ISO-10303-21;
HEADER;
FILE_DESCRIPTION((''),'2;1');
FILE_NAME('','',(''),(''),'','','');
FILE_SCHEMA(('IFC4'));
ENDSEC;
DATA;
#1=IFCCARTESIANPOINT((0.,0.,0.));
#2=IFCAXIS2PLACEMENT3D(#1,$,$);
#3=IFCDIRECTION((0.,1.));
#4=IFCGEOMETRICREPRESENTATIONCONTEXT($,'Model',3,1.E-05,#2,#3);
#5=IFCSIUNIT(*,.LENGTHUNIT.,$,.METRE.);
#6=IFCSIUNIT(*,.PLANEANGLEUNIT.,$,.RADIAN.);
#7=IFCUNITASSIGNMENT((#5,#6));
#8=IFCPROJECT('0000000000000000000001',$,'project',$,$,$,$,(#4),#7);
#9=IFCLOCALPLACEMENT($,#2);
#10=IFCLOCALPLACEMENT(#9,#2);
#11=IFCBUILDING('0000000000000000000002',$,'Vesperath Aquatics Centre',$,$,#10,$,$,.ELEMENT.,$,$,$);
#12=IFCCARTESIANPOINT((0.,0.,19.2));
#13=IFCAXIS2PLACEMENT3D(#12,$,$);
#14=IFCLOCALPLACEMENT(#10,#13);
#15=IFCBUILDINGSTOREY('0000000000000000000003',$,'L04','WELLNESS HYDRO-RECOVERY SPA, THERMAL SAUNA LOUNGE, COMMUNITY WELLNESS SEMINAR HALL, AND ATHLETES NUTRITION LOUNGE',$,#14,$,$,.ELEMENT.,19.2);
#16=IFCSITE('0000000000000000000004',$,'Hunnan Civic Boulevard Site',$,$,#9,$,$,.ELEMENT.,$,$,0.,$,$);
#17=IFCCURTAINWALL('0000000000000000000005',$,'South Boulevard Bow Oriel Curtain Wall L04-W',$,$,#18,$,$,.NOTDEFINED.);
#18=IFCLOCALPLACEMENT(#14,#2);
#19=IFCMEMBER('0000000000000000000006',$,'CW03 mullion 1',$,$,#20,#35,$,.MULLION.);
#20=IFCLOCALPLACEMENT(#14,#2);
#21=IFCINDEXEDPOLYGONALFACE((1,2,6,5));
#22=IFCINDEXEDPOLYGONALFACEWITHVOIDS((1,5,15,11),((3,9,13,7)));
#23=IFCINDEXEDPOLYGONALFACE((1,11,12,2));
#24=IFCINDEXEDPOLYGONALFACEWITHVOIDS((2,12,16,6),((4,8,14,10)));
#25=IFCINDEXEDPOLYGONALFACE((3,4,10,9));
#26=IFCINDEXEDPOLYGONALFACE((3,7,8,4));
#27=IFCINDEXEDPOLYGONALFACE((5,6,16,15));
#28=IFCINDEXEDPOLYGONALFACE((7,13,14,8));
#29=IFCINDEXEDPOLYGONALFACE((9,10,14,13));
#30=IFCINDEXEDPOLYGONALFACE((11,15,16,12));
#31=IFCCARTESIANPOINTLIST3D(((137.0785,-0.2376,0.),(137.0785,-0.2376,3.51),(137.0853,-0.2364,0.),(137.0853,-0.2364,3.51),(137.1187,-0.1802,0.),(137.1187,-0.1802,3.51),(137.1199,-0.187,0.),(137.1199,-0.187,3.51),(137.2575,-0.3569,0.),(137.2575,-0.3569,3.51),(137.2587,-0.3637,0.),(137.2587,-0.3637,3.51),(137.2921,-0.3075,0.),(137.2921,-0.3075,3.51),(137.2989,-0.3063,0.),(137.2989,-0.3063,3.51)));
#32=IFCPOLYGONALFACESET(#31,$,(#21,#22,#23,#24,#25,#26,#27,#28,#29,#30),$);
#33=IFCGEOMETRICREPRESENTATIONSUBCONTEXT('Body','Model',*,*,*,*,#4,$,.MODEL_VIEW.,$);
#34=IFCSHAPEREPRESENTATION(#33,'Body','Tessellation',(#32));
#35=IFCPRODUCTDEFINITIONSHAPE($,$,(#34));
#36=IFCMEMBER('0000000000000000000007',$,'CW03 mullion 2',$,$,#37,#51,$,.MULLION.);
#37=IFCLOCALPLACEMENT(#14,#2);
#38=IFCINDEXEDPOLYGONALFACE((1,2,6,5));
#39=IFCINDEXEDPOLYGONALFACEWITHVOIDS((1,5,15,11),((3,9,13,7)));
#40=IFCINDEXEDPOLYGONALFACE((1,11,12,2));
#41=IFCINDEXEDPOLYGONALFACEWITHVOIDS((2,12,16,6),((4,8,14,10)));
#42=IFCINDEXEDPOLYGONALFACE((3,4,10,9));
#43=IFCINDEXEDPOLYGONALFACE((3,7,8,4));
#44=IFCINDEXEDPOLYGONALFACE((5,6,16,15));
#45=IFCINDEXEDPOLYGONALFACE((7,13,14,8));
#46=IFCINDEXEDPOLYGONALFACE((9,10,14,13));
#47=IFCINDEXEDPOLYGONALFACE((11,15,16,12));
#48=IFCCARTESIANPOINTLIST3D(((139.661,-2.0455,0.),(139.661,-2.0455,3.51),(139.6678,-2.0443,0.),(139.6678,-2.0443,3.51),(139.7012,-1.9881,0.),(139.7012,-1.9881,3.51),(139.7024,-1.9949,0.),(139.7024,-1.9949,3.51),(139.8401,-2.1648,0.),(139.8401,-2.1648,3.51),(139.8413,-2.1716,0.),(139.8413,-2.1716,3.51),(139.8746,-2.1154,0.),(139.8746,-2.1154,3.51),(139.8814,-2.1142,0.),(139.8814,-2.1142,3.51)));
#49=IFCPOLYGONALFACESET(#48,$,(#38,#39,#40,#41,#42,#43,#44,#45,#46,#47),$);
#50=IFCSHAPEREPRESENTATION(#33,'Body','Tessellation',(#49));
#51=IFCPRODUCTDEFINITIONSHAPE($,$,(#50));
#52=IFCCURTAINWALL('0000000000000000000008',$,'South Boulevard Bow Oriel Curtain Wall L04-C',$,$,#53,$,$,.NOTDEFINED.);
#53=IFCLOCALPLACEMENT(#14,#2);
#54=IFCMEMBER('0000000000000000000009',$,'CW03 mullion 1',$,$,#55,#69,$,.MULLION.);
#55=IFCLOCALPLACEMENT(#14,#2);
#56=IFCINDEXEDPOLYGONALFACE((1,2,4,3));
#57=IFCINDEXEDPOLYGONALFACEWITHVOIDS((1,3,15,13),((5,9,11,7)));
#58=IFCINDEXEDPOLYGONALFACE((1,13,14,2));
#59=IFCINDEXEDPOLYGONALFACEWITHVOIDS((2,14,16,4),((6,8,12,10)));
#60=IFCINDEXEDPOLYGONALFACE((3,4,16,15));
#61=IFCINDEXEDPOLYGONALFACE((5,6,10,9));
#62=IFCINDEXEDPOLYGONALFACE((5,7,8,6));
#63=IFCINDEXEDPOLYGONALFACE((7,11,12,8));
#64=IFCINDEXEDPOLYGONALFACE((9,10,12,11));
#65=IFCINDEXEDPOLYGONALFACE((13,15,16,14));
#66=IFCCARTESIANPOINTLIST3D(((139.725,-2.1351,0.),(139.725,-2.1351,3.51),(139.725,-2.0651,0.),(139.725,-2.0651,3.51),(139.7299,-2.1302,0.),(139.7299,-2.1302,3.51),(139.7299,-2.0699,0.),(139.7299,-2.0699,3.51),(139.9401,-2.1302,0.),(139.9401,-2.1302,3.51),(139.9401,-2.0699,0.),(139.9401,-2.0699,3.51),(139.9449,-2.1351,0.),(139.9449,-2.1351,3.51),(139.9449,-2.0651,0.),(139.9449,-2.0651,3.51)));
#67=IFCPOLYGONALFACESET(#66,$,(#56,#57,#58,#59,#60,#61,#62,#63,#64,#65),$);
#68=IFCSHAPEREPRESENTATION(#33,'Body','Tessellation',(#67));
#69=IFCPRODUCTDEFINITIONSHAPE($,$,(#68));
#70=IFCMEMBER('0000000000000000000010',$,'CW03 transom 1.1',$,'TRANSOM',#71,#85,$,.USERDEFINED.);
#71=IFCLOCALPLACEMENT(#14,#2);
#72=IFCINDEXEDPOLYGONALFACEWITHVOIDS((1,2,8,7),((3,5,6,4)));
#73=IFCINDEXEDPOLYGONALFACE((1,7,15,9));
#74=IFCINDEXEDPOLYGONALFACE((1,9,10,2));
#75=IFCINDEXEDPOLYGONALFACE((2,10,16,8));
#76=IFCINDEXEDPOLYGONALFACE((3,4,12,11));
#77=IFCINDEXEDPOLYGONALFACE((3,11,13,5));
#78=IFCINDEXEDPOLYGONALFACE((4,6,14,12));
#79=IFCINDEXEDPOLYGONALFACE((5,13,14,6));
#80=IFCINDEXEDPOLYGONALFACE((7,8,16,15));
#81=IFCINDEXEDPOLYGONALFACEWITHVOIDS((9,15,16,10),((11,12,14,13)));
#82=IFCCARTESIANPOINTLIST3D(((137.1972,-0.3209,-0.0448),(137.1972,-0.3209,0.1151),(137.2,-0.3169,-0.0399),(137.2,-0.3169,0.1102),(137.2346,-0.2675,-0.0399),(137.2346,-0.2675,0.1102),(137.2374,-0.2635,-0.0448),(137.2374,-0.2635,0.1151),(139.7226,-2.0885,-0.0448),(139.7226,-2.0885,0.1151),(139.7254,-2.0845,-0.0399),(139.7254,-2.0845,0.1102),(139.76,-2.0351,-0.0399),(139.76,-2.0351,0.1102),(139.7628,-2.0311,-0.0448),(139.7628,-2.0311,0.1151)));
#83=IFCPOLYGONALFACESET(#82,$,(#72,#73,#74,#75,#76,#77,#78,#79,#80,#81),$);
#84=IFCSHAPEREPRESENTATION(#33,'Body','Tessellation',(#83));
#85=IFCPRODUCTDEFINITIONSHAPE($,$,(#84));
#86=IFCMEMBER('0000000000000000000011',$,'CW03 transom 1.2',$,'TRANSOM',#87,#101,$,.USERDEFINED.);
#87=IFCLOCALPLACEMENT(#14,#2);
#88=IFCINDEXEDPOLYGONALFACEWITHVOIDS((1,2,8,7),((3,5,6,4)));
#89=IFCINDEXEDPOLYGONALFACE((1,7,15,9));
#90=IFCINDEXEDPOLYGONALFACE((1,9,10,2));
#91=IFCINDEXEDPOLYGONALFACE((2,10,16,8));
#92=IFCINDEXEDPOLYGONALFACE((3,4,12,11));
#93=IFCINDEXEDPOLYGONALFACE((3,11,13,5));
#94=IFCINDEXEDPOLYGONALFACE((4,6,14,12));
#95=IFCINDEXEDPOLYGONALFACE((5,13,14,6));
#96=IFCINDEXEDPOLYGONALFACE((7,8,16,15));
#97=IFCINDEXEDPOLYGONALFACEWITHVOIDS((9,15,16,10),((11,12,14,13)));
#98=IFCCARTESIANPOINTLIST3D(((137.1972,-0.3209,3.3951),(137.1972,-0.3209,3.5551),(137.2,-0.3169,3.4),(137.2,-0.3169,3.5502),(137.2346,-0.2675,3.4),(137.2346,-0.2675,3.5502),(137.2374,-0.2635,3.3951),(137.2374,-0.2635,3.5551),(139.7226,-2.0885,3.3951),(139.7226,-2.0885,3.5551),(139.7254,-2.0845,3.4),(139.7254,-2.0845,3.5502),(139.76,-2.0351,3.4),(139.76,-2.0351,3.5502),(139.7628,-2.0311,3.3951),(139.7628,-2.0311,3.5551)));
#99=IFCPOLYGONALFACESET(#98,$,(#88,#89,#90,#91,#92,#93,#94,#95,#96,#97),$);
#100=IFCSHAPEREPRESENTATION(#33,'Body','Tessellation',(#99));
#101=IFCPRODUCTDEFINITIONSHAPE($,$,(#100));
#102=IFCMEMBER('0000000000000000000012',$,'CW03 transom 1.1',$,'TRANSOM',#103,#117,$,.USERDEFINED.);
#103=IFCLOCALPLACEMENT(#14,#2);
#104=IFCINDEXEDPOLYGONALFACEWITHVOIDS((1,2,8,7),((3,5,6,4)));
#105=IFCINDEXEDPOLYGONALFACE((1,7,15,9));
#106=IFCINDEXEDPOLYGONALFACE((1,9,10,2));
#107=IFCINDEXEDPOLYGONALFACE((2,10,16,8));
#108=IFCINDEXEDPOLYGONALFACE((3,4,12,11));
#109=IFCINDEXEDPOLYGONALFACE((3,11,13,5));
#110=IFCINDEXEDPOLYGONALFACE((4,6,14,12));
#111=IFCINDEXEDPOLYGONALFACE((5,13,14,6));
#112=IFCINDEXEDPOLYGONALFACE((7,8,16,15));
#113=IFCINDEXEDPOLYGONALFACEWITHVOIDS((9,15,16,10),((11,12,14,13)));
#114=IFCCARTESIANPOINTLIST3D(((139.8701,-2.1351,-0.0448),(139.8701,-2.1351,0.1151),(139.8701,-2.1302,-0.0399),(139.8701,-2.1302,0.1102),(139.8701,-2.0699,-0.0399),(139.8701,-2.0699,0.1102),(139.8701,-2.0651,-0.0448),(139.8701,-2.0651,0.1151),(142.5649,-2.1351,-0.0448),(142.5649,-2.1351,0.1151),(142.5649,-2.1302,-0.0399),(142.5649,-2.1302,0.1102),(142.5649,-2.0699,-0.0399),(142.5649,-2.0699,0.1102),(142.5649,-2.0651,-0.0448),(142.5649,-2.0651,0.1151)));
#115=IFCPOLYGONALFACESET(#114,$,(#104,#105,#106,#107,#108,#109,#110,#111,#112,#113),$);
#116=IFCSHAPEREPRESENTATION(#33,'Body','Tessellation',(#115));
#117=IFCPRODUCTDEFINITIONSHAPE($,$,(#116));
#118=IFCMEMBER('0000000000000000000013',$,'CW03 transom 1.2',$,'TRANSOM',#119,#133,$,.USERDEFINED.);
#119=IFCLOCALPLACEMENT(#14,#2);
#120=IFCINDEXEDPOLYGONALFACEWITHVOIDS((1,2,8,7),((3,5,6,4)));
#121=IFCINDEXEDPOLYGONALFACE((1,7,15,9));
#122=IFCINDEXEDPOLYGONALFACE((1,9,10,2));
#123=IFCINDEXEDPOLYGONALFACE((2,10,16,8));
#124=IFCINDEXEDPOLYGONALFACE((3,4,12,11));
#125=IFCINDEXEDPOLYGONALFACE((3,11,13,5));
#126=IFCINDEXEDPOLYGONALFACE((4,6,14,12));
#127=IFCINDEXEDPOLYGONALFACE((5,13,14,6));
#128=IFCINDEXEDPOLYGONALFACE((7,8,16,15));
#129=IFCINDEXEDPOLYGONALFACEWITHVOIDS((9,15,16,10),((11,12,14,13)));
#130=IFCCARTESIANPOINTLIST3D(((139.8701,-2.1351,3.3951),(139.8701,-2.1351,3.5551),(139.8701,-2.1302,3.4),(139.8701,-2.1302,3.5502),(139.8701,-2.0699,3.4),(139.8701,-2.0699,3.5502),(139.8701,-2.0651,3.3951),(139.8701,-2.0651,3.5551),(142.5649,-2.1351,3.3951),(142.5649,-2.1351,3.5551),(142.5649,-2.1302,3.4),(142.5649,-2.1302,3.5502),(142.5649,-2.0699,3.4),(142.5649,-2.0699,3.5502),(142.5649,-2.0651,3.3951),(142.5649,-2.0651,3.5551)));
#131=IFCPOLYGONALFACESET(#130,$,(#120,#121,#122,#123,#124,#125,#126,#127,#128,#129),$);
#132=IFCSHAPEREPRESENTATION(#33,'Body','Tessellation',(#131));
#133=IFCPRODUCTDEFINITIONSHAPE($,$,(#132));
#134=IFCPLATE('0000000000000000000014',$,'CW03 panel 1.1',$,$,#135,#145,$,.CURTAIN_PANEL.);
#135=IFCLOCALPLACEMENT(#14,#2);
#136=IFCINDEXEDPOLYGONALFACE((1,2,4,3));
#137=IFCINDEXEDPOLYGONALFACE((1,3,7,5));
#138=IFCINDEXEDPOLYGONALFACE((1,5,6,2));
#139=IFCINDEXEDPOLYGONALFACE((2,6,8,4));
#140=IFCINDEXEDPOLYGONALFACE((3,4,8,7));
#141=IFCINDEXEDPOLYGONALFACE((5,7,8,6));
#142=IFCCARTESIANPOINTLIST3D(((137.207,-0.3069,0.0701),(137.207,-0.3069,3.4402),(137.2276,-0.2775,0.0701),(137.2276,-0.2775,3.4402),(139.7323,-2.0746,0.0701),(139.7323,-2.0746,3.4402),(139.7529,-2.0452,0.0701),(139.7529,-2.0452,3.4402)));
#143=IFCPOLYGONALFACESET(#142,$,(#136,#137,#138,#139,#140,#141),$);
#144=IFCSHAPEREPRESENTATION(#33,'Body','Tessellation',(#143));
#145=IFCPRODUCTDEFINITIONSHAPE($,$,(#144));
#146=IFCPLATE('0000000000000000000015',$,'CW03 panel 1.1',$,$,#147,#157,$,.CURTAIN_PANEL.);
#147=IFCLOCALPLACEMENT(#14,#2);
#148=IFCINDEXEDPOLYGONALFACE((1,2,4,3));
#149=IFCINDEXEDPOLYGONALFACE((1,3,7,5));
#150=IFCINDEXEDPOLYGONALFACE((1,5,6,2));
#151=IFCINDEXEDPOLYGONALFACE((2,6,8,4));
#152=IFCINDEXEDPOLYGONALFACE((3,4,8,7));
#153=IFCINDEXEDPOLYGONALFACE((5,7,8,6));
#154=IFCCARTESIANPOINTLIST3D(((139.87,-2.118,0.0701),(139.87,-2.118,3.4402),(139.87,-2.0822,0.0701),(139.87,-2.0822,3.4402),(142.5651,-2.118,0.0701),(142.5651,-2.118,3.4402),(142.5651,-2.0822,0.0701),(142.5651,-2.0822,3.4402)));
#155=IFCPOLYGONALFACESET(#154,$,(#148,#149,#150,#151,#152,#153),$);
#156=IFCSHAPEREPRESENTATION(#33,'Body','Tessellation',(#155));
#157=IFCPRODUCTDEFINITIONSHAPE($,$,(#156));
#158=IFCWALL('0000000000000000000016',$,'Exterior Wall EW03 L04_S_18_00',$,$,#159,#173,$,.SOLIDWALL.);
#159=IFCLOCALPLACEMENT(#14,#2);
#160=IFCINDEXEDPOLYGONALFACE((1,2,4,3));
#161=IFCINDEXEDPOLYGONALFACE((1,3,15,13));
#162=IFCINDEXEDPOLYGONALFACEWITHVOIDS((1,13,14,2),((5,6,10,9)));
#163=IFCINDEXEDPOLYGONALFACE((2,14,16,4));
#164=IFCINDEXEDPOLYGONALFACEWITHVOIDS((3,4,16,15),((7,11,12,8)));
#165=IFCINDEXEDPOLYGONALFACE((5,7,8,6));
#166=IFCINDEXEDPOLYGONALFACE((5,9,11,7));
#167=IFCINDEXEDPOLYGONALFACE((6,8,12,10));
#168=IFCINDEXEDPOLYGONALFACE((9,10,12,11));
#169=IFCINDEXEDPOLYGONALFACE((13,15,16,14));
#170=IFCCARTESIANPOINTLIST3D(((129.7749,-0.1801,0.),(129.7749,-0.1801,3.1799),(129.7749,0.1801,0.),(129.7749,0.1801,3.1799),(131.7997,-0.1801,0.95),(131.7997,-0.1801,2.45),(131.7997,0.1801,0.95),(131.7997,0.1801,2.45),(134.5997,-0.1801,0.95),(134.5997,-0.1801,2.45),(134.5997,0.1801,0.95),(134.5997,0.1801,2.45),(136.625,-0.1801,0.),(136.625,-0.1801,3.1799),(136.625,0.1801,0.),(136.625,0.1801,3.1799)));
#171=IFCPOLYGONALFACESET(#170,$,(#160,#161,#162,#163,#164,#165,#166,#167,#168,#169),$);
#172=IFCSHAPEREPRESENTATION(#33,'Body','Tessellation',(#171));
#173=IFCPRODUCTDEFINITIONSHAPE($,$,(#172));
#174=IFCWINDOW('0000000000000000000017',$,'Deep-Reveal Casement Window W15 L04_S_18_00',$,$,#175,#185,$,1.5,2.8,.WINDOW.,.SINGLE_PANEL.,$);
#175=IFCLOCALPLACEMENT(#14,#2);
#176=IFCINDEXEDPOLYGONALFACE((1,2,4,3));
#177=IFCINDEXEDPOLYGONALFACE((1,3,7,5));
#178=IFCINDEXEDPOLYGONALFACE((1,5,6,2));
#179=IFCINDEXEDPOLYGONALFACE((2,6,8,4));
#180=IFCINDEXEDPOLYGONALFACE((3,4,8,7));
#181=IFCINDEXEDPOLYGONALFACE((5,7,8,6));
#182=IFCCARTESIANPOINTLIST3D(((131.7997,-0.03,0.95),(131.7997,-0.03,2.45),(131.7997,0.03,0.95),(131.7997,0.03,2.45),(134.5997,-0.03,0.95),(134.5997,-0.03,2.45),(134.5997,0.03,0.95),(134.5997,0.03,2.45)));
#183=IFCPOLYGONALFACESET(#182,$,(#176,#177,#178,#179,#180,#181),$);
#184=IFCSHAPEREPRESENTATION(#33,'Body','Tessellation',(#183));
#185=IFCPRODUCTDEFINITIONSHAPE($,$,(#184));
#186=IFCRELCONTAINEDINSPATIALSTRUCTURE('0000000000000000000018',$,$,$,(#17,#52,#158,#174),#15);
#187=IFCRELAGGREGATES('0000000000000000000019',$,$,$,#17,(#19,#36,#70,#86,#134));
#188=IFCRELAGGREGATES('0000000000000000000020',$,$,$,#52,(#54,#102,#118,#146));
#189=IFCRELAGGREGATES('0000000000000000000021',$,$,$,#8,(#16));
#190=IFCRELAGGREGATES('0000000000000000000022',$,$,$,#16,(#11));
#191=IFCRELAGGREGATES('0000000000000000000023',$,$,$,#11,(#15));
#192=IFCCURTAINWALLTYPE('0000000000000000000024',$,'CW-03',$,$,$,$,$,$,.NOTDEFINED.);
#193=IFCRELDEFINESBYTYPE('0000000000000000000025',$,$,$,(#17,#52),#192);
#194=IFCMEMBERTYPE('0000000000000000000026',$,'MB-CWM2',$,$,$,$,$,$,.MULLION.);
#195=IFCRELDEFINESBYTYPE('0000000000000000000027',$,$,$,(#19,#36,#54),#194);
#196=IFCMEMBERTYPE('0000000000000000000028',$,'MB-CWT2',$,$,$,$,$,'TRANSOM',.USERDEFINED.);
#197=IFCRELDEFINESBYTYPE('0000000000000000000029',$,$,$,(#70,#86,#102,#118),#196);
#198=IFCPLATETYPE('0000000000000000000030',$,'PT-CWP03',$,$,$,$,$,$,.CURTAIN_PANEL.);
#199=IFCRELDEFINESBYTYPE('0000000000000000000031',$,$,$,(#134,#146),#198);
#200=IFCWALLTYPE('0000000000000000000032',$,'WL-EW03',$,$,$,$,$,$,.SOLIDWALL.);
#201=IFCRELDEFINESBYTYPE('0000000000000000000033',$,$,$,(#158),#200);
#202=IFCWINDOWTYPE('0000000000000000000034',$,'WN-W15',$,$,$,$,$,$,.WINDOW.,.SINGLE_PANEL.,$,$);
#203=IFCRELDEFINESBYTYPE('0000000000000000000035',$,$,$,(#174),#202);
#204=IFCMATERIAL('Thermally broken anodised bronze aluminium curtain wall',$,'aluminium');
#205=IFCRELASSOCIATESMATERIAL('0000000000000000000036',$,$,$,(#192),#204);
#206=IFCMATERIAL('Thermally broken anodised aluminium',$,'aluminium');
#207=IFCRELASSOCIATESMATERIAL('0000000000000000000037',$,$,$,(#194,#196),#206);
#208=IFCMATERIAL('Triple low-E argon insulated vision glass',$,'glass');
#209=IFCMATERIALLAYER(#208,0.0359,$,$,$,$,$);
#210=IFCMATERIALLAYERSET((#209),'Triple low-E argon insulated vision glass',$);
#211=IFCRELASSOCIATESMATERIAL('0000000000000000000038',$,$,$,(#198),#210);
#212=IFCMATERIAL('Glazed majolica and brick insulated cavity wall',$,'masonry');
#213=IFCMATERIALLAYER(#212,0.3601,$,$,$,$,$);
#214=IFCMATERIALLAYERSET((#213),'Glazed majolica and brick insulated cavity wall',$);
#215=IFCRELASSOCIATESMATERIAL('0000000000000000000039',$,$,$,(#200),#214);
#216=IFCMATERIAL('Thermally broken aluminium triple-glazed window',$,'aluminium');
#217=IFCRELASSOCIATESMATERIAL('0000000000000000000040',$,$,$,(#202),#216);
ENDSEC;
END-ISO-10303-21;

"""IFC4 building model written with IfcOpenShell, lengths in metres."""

from ifc_helpers import new_model, si_unit, direction, frame, frame_2d, origin, origin_2d, place, context, subcontext, project, spatial, rectangle, hollow_rectangle, extrude, material, layer, layer_set, material_profile, profile_set, type_object, element, fill, aggregate, save


model = new_model("IFC4")

# Units and contexts
model_context = context("Model", 3, precision=1e-05, world=origin(), true_north=direction((0.0, 1.0)))
body_context = subcontext(model_context, "Body", "Model", "MODEL_VIEW")
ifc_project = project(units=[si_unit("LENGTHUNIT", "METRE"), si_unit("PLANEANGLEUNIT", "RADIAN")], contexts=[model_context])

# Site, building, storey
site_placement = place(None, origin())
site = spatial("IfcSite", under=ifc_project, at=site_placement, Name="Hunnan Civic Boulevard Site", CompositionType="ELEMENT", RefElevation=0.0)
building_placement = place(site_placement, origin())
building = spatial("IfcBuilding", under=site, at=building_placement, Name="Vesperath Aquatics Centre", CompositionType="ELEMENT")
storey_placement = place(building_placement, frame((0.0, 0.0, 19.2)))
storey = spatial("IfcBuildingStorey", under=building, at=storey_placement, Name="L04", Description="WELLNESS HYDRO-RECOVERY SPA, THERMAL SAUNA LOUNGE, COMMUNITY WELLNESS SEMINAR HALL, AND ATHLETES NUTRITION LOUNGE", CompositionType="ELEMENT", Elevation=19.2)

# Curtain wall, members
ifc_material_1 = material(Name="Thermally broken anodised bronze aluminium curtain wall", Category="aluminium")
curtain_wall_type = type_object("IfcCurtainWallType", Name="CW-03", PredefinedType="NOTDEFINED", material=ifc_material_1)
curtain_wall_1_placement = place(storey_placement, origin())
curtain_wall_1 = element("IfcCurtainWall", 1, at=curtain_wall_1_placement, inside=storey, type_object=curtain_wall_type, Name="South Boulevard Bow Oriel Curtain Wall L04-W", PredefinedType="NOTDEFINED")
ifc_material_2 = material(Name="Thermally broken anodised aluminium", Category="aluminium")
ifc_material_profile_1 = material_profile(ifc_material_2, hollow_rectangle(XDim=0.0701, YDim=0.22, WallThickness=0.0049, at=origin_2d()), Name="CWM 70x220x5")
ifc_profile_set_1 = profile_set([ifc_material_profile_1], Name="Thermally broken anodised aluminium")
member_type_1 = type_object("IfcMemberType", Name="MB-CWM2", PredefinedType="MULLION", material=ifc_profile_set_1)
member_1_placement = place(storey_placement, frame((137.1887, -0.272, 0.0), z_axis=(0.0, 0.0, 1.0), x_axis=(0.573462, 0.819232, 0.0)))
member_1 = element("IfcMember", 2, at=member_1_placement, type_object=member_type_1, Name="CW03 mullion 1", PredefinedType="MULLION", context=body_context, shape_type="SweptSolid", body=[
    extrude(hollow_rectangle(XDim=0.0701, YDim=0.22, WallThickness=0.0049, at=origin_2d()), origin(), (0.0, 0.0, 1.0), 3.51),
])
member_2_placement = place(storey_placement, frame((139.7712, -2.0798, 0.0), z_axis=(0.0, 0.0, 1.0), x_axis=(0.573462, 0.819232, 0.0)))
member_2 = element("IfcMember", 3, at=member_2_placement, type_object=member_type_1, Name="CW03 mullion 2", PredefinedType="MULLION", context=body_context, shape_type="SweptSolid", body=[
    extrude(hollow_rectangle(XDim=0.0701, YDim=0.22, WallThickness=0.0049, at=origin_2d()), origin(), (0.0, 0.0, 1.0), 3.51),
])

# Curtain wall, member
curtain_wall_2_placement = place(storey_placement, origin())
curtain_wall_2 = element("IfcCurtainWall", 4, at=curtain_wall_2_placement, inside=storey, type_object=curtain_wall_type, Name="South Boulevard Bow Oriel Curtain Wall L04-C", PredefinedType="NOTDEFINED")
member_3_placement = place(storey_placement, frame((139.835, -2.1001, 0.0), z_axis=(0.0, 0.0, 1.0), x_axis=(0.0, 1.0, 0.0)))
member_3 = element("IfcMember", 5, at=member_3_placement, type_object=member_type_1, Name="CW03 mullion 1", PredefinedType="MULLION", context=body_context, shape_type="SweptSolid", body=[
    extrude(hollow_rectangle(XDim=0.0701, YDim=0.22, WallThickness=0.0049, at=origin_2d()), origin(), (0.0, 0.0, 1.0), 3.51),
])

# Members
ifc_material_profile_2 = material_profile(ifc_material_2, hollow_rectangle(XDim=0.0701, YDim=0.1599, WallThickness=0.0049, at=origin_2d()), Name="CWT 70x160x5")
ifc_profile_set_2 = profile_set([ifc_material_profile_2], Name="Thermally broken anodised aluminium")
member_type_2 = type_object("IfcMemberType", Name="MB-CWT2", ElementType="TRANSOM", PredefinedType="USERDEFINED", material=ifc_profile_set_2)
member_4_placement = place(storey_placement, frame((137.2173, -0.2922, 0.0352), z_axis=(0.819262, -0.57342, 0.0), x_axis=(0.57342, 0.819262, 0.0)))
member_4 = element("IfcMember", 6, at=member_4_placement, type_object=member_type_2, Name="CW03 transom 1.1", ObjectType="TRANSOM", PredefinedType="USERDEFINED", context=body_context, shape_type="SweptSolid", body=[
    extrude(hollow_rectangle(XDim=0.0701, YDim=0.1599, WallThickness=0.0049, at=origin_2d()), origin(), (0.0, 0.0, 1.0), 3.0825),
])
member_5_placement = place(storey_placement, frame((137.2173, -0.2922, 3.4751), z_axis=(0.819262, -0.57342, 0.0), x_axis=(0.57342, 0.819262, 0.0)))
member_5 = element("IfcMember", 7, at=member_5_placement, type_object=member_type_2, Name="CW03 transom 1.2", ObjectType="TRANSOM", PredefinedType="USERDEFINED", context=body_context, shape_type="SweptSolid", body=[
    extrude(hollow_rectangle(XDim=0.0701, YDim=0.1599, WallThickness=0.0049, at=origin_2d()), origin(), (0.0, 0.0, 1.0), 3.0825),
])
member_6_placement = place(storey_placement, frame((139.8701, -2.1001, 0.0352), z_axis=(1.0, 0.0, 0.0), x_axis=(0.0, 1.0, 0.0)))
member_6 = element("IfcMember", 8, at=member_6_placement, type_object=member_type_2, Name="CW03 transom 1.1", ObjectType="TRANSOM", PredefinedType="USERDEFINED", context=body_context, shape_type="SweptSolid", body=[
    extrude(hollow_rectangle(XDim=0.0701, YDim=0.1599, WallThickness=0.0049, at=origin_2d()), origin(), (0.0, 0.0, 1.0), 2.6948),
])
member_7_placement = place(storey_placement, frame((139.8701, -2.1001, 3.4751), z_axis=(1.0, 0.0, 0.0), x_axis=(0.0, 1.0, 0.0)))
member_7 = element("IfcMember", 9, at=member_7_placement, type_object=member_type_2, Name="CW03 transom 1.2", ObjectType="TRANSOM", PredefinedType="USERDEFINED", context=body_context, shape_type="SweptSolid", body=[
    extrude(hollow_rectangle(XDim=0.0701, YDim=0.1599, WallThickness=0.0049, at=origin_2d()), origin(), (0.0, 0.0, 1.0), 2.6948),
])

# Plates
ifc_material_3 = material(Name="Triple low-E argon insulated vision glass", Category="glass")
ifc_layer_1 = layer(ifc_material_3, 0.0359)
ifc_layer_set_1 = layer_set([ifc_layer_1], Name="Triple low-E argon insulated vision glass")
plate_type = type_object("IfcPlateType", Name="PT-CWP03", PredefinedType="CURTAIN_PANEL", material=ifc_layer_set_1)
plate_1_placement = place(storey_placement, frame((138.48, -1.176, 0.0701), z_axis=(0.0, 0.0, 1.0), x_axis=(0.819232, -0.573462, 0.0)))
plate_1 = element("IfcPlate", 10, at=plate_1_placement, type_object=plate_type, Name="CW03 panel 1.1", PredefinedType="CURTAIN_PANEL", context=body_context, shape_type="SweptSolid", body=[
    extrude(rectangle(XDim=3.0825, YDim=0.0359, at=origin_2d()), origin(), (0.0, 0.0, 1.0), 3.3701),
])
aggregate(curtain_wall_1, [member_1, member_2, member_4, member_5, plate_1])
plate_2_placement = place(storey_placement, frame((141.2175, -2.1001, 0.0701), z_axis=(0.0, 0.0, 1.0), x_axis=(1.0, 0.0, 0.0)))
plate_2 = element("IfcPlate", 11, at=plate_2_placement, type_object=plate_type, Name="CW03 panel 1.1", PredefinedType="CURTAIN_PANEL", context=body_context, shape_type="SweptSolid", body=[
    extrude(rectangle(XDim=2.6951, YDim=0.0359, at=origin_2d()), origin(), (0.0, 0.0, 1.0), 3.3701),
])
aggregate(curtain_wall_2, [member_3, member_6, member_7, plate_2])

# Wall, opening, window
ifc_material_4 = material(Name="Glazed majolica and brick insulated cavity wall", Category="masonry")
ifc_layer_2 = layer(ifc_material_4, 0.3601)
ifc_layer_set_2 = layer_set([ifc_layer_2], Name="Glazed majolica and brick insulated cavity wall")
wall_type_1 = type_object("IfcWallType", Name="WL-EW03", PredefinedType="SOLIDWALL", material=ifc_layer_set_2)
wall_1_placement = place(storey_placement, frame((129.7749, 0.0, 0.0), z_axis=(0.0, 0.0, 1.0), x_axis=(1.0, 0.0, 0.0)))
wall_1 = element("IfcWall", 12, at=wall_1_placement, inside=storey, type_object=wall_type_1, Name="Exterior Wall EW03 L04_S_18_00", PredefinedType="SOLIDWALL", context=body_context, shape_type="SweptSolid", body=[
    extrude(rectangle(XDim=6.8501, YDim=0.3601, at=frame_2d((3.425, 0.0))), origin(), (0.0, 0.0, 1.0), 3.1799),
])
opening_1_placement = place(wall_1_placement, frame((2.0249, 0.0, 0.95)))
opening_1 = element("IfcOpeningElement", 13, at=opening_1_placement, cuts=wall_1, PredefinedType="OPENING", context=body_context, shape_type="SweptSolid", body=[
    extrude(rectangle(XDim=2.8, YDim=1.5, at=frame_2d((1.3999, 0.75))), frame((0.0, 0.1948, 0.0), z_axis=(0.0, -1.0, 0.0), x_axis=(1.0, 0.0, 0.0)), (0.0, 0.0, 1.0), 0.3899),
])
ifc_material_5 = material(Name="Thermally broken aluminium triple-glazed window", Category="aluminium")
window_type = type_object("IfcWindowType", Name="WN-W15", PartitioningType="SINGLE_PANEL", PredefinedType="WINDOW", material=ifc_material_5)
window_placement = place(opening_1_placement, origin())
window = element("IfcWindow", 14, at=window_placement, inside=storey, type_object=window_type, Name="Deep-Reveal Casement Window W15 L04_S_18_00", OverallHeight=1.5, OverallWidth=2.8, PartitioningType="SINGLE_PANEL", PredefinedType="WINDOW", context=body_context, shape_type="SweptSolid", body=[
    extrude(rectangle(XDim=2.8, YDim=1.5, at=frame_2d((1.3999, 0.75))), frame((0.0, 0.03, 0.0), z_axis=(0.0, -1.0, 0.0), x_axis=(1.0, 0.0, 0.0)), (0.0, 0.0, 1.0), 0.0601),
])
fill(opening_1, window)

save(model, "model.ifc")
